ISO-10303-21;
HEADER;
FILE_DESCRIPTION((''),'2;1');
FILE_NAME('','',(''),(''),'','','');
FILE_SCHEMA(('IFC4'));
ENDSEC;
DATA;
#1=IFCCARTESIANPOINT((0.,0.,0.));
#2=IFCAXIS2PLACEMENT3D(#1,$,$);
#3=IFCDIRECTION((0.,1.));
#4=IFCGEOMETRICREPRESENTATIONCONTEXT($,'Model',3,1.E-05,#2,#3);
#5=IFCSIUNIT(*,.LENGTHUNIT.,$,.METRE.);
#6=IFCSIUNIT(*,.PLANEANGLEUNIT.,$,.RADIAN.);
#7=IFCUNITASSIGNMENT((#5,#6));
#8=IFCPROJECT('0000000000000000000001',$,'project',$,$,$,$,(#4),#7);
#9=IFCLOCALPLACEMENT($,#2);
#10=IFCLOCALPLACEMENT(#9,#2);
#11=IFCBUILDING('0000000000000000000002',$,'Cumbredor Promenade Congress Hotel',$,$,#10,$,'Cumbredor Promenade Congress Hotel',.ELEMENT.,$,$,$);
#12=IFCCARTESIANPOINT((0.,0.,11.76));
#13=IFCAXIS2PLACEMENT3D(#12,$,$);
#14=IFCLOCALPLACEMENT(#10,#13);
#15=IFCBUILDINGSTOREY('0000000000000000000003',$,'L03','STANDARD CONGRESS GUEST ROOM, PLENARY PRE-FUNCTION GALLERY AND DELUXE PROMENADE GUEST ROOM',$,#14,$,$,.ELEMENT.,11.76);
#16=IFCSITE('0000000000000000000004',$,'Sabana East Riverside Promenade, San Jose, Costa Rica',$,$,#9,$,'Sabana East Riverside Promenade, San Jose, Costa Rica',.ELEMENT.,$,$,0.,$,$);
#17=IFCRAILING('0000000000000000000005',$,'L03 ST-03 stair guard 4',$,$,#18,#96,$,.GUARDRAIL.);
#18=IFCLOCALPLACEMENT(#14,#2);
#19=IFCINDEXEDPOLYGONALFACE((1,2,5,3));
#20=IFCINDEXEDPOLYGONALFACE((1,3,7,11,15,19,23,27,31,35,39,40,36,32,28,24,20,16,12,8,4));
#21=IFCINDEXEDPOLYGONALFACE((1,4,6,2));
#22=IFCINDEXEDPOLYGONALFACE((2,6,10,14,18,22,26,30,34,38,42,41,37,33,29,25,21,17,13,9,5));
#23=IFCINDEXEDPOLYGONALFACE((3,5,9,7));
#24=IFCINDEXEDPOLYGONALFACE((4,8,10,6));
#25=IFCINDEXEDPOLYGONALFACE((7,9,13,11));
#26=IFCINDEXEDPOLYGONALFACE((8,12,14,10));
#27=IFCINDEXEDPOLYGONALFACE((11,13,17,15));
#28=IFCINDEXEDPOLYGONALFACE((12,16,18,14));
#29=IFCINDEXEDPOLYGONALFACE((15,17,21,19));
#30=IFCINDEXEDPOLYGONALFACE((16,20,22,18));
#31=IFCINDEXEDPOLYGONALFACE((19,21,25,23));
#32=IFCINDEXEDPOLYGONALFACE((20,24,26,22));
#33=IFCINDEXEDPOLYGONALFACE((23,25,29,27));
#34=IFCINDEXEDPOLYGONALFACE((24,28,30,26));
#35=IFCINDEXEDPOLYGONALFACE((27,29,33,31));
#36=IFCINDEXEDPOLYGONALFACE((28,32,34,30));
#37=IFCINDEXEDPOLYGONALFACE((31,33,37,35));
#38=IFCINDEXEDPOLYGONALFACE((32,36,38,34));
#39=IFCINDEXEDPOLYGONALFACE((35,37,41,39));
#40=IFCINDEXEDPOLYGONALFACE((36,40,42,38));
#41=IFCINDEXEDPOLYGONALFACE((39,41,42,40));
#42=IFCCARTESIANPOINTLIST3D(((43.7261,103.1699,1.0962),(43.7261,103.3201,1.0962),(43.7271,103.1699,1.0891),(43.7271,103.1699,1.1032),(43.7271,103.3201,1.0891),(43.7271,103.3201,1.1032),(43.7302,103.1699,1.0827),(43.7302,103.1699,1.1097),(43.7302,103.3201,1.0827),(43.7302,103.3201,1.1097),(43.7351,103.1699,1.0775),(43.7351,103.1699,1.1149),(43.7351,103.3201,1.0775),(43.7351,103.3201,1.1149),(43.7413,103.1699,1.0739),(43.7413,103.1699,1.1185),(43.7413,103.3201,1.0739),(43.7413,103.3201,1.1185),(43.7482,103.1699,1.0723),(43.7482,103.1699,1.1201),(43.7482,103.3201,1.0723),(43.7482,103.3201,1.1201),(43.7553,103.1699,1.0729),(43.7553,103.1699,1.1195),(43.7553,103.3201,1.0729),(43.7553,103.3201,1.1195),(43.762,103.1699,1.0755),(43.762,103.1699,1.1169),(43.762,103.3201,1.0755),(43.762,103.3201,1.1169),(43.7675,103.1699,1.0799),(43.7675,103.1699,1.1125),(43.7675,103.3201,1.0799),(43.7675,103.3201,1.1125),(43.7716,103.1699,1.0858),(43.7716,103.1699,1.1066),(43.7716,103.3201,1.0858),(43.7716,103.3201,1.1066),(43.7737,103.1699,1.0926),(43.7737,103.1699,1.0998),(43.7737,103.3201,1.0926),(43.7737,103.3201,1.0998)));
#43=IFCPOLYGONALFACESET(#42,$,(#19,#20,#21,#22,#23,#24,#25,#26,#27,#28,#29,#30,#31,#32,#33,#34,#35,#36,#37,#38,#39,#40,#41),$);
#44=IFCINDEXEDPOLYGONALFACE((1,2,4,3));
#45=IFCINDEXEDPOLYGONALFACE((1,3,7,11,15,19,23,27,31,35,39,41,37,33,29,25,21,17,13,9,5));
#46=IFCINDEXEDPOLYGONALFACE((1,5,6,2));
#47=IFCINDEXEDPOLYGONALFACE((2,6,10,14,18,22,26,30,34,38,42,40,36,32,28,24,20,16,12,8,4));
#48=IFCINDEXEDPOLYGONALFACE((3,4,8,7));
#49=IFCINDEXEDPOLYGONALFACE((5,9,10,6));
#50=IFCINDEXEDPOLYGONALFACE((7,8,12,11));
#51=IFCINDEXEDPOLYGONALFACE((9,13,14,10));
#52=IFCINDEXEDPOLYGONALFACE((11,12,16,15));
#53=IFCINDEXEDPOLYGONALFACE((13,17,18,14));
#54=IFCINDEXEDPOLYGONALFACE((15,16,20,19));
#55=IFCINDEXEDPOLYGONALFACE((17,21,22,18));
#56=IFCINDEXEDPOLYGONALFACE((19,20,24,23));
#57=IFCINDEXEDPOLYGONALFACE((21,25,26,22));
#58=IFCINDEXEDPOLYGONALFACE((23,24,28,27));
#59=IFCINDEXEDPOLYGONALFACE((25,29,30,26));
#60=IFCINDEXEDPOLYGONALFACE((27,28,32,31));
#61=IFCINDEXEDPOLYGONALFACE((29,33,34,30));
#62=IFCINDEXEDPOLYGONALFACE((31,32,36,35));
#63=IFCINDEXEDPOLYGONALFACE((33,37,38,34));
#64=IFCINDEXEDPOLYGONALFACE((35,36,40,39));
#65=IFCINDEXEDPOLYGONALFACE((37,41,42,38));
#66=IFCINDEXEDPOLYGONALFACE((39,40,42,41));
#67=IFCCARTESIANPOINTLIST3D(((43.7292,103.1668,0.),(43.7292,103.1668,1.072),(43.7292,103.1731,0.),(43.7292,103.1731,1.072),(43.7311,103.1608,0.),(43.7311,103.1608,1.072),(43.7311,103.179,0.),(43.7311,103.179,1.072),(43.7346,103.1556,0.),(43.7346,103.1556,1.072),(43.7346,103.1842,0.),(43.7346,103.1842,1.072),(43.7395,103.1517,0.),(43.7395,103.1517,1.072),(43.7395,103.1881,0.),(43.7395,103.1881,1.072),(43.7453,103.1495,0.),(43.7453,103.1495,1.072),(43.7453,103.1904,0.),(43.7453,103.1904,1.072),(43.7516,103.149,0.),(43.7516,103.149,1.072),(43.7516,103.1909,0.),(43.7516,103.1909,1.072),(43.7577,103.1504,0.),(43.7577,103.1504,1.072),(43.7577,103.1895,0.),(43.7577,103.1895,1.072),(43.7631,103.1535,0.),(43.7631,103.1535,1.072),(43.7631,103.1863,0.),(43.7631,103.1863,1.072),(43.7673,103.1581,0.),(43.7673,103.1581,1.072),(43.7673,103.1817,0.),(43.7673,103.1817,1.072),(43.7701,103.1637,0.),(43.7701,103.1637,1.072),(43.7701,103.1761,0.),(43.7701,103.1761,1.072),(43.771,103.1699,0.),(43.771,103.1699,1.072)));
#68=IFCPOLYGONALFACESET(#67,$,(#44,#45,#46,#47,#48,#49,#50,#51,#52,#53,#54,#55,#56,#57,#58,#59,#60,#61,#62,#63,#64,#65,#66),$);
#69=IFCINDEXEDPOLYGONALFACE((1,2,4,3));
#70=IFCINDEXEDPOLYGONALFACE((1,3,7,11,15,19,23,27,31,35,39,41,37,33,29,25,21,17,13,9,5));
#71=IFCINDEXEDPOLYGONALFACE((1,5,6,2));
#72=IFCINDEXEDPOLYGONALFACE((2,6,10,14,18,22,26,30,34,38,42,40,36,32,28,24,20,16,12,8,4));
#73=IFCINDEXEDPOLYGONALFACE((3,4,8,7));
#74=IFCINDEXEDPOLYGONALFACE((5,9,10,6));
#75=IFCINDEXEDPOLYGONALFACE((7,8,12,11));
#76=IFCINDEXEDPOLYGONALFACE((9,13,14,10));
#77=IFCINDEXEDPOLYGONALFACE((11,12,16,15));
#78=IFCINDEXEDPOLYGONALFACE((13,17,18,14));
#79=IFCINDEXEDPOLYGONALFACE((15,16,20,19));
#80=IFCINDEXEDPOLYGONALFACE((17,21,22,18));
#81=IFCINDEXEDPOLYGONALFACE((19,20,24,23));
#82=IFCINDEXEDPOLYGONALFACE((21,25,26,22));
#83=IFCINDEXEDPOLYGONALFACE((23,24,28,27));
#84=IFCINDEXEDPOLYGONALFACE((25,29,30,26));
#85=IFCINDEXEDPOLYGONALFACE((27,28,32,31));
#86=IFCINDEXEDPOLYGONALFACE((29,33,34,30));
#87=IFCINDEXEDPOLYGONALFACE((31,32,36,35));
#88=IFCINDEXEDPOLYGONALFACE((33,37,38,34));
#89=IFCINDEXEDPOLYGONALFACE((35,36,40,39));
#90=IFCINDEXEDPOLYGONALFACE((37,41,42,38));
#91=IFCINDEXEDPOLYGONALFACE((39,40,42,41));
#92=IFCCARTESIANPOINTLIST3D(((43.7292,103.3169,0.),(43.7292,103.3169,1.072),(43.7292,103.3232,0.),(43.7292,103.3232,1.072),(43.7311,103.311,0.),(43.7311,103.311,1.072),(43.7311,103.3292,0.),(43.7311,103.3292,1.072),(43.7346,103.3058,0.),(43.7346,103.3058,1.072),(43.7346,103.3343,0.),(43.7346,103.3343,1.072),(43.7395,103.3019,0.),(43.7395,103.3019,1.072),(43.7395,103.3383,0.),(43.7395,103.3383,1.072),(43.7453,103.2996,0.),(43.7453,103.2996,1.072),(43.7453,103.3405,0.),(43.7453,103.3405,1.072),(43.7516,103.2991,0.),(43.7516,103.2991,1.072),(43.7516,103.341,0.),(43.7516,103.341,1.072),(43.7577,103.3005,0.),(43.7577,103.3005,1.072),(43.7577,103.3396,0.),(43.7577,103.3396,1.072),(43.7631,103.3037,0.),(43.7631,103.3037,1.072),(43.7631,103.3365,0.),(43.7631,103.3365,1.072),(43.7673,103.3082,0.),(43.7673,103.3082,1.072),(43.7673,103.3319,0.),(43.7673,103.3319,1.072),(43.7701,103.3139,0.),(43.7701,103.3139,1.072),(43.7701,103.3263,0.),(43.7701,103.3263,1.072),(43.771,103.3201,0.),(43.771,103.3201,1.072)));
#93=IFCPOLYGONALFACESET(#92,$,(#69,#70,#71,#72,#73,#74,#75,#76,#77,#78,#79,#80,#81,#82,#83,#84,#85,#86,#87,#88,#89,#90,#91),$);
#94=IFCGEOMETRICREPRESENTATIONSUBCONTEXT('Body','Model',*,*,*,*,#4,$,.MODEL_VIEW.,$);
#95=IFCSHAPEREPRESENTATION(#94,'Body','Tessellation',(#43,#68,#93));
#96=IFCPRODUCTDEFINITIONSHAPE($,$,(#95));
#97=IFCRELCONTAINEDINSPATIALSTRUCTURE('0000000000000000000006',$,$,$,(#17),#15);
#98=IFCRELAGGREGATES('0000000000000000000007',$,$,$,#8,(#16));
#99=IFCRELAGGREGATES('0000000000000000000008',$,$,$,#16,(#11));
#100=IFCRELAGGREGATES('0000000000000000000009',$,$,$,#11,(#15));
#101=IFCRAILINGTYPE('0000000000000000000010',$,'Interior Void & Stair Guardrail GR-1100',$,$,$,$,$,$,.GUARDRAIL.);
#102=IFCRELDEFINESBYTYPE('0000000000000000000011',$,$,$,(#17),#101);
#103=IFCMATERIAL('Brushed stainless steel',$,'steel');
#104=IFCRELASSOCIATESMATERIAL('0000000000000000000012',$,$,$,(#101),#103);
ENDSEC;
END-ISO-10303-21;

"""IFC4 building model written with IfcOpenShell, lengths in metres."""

from ifc_helpers import new_model, si_unit, direction, frame, origin, origin_2d, place, context, subcontext, project, spatial, circle, extrude, material, type_object, element, save


model = new_model("IFC4")

# Units and contexts
model_context = context("Model", 3, precision=1e-05, world=origin(), true_north=direction((0.0, 1.0)))
body_context = subcontext(model_context, "Body", "Model", "MODEL_VIEW")
ifc_project = project(units=[si_unit("LENGTHUNIT", "METRE"), si_unit("PLANEANGLEUNIT", "RADIAN")], contexts=[model_context])

# Site, building, storey
site_placement = place(None, origin())
site = spatial("IfcSite", under=ifc_project, at=site_placement, Name="Sabana East Riverside Promenade, San Jose, Costa Rica", LongName="Sabana East Riverside Promenade, San Jose, Costa Rica", CompositionType="ELEMENT", RefElevation=0.0)
building_placement = place(site_placement, origin())
building = spatial("IfcBuilding", under=site, at=building_placement, Name="Cumbredor Promenade Congress Hotel", LongName="Cumbredor Promenade Congress Hotel", CompositionType="ELEMENT")
storey_placement = place(building_placement, frame((0.0, 0.0, 11.76)))
storey = spatial("IfcBuildingStorey", under=building, at=storey_placement, Name="L03", Description="STANDARD CONGRESS GUEST ROOM, PLENARY PRE-FUNCTION GALLERY AND DELUXE PROMENADE GUEST ROOM", CompositionType="ELEMENT", Elevation=11.76)

# Railing
ifc_material_1 = material(Name="Brushed stainless steel", Category="steel")
railing_type_1 = type_object("IfcRailingType", Name="Interior Void & Stair Guardrail GR-1100", PredefinedType="GUARDRAIL", material=ifc_material_1)
railing_1_placement = place(storey_placement, frame((43.75, 103.1699, 0.0)))
element("IfcRailing", 1, at=railing_1_placement, inside=storey, type_object=railing_type_1, Name="L03 ST-03 stair guard 4", PredefinedType="GUARDRAIL", context=body_context, shape_type="SweptSolid", body=[
    extrude(circle(Radius=0.0239, at=origin_2d()), frame((0.0, 0.0, 1.0962), z_axis=(0.0, 1.0, 0.0), x_axis=(-1.0, 0.0, 0.0)), (0.0, 0.0, 1.0), 0.1501),
    extrude(circle(Radius=0.021, at=origin_2d()), origin(), (0.0, 0.0, 1.0), 1.072),
    extrude(circle(Radius=0.021, at=origin_2d()), frame((0.0, 0.1501, 0.0)), (0.0, 0.0, 1.0), 1.072),
])

save(model, "model.ifc")
